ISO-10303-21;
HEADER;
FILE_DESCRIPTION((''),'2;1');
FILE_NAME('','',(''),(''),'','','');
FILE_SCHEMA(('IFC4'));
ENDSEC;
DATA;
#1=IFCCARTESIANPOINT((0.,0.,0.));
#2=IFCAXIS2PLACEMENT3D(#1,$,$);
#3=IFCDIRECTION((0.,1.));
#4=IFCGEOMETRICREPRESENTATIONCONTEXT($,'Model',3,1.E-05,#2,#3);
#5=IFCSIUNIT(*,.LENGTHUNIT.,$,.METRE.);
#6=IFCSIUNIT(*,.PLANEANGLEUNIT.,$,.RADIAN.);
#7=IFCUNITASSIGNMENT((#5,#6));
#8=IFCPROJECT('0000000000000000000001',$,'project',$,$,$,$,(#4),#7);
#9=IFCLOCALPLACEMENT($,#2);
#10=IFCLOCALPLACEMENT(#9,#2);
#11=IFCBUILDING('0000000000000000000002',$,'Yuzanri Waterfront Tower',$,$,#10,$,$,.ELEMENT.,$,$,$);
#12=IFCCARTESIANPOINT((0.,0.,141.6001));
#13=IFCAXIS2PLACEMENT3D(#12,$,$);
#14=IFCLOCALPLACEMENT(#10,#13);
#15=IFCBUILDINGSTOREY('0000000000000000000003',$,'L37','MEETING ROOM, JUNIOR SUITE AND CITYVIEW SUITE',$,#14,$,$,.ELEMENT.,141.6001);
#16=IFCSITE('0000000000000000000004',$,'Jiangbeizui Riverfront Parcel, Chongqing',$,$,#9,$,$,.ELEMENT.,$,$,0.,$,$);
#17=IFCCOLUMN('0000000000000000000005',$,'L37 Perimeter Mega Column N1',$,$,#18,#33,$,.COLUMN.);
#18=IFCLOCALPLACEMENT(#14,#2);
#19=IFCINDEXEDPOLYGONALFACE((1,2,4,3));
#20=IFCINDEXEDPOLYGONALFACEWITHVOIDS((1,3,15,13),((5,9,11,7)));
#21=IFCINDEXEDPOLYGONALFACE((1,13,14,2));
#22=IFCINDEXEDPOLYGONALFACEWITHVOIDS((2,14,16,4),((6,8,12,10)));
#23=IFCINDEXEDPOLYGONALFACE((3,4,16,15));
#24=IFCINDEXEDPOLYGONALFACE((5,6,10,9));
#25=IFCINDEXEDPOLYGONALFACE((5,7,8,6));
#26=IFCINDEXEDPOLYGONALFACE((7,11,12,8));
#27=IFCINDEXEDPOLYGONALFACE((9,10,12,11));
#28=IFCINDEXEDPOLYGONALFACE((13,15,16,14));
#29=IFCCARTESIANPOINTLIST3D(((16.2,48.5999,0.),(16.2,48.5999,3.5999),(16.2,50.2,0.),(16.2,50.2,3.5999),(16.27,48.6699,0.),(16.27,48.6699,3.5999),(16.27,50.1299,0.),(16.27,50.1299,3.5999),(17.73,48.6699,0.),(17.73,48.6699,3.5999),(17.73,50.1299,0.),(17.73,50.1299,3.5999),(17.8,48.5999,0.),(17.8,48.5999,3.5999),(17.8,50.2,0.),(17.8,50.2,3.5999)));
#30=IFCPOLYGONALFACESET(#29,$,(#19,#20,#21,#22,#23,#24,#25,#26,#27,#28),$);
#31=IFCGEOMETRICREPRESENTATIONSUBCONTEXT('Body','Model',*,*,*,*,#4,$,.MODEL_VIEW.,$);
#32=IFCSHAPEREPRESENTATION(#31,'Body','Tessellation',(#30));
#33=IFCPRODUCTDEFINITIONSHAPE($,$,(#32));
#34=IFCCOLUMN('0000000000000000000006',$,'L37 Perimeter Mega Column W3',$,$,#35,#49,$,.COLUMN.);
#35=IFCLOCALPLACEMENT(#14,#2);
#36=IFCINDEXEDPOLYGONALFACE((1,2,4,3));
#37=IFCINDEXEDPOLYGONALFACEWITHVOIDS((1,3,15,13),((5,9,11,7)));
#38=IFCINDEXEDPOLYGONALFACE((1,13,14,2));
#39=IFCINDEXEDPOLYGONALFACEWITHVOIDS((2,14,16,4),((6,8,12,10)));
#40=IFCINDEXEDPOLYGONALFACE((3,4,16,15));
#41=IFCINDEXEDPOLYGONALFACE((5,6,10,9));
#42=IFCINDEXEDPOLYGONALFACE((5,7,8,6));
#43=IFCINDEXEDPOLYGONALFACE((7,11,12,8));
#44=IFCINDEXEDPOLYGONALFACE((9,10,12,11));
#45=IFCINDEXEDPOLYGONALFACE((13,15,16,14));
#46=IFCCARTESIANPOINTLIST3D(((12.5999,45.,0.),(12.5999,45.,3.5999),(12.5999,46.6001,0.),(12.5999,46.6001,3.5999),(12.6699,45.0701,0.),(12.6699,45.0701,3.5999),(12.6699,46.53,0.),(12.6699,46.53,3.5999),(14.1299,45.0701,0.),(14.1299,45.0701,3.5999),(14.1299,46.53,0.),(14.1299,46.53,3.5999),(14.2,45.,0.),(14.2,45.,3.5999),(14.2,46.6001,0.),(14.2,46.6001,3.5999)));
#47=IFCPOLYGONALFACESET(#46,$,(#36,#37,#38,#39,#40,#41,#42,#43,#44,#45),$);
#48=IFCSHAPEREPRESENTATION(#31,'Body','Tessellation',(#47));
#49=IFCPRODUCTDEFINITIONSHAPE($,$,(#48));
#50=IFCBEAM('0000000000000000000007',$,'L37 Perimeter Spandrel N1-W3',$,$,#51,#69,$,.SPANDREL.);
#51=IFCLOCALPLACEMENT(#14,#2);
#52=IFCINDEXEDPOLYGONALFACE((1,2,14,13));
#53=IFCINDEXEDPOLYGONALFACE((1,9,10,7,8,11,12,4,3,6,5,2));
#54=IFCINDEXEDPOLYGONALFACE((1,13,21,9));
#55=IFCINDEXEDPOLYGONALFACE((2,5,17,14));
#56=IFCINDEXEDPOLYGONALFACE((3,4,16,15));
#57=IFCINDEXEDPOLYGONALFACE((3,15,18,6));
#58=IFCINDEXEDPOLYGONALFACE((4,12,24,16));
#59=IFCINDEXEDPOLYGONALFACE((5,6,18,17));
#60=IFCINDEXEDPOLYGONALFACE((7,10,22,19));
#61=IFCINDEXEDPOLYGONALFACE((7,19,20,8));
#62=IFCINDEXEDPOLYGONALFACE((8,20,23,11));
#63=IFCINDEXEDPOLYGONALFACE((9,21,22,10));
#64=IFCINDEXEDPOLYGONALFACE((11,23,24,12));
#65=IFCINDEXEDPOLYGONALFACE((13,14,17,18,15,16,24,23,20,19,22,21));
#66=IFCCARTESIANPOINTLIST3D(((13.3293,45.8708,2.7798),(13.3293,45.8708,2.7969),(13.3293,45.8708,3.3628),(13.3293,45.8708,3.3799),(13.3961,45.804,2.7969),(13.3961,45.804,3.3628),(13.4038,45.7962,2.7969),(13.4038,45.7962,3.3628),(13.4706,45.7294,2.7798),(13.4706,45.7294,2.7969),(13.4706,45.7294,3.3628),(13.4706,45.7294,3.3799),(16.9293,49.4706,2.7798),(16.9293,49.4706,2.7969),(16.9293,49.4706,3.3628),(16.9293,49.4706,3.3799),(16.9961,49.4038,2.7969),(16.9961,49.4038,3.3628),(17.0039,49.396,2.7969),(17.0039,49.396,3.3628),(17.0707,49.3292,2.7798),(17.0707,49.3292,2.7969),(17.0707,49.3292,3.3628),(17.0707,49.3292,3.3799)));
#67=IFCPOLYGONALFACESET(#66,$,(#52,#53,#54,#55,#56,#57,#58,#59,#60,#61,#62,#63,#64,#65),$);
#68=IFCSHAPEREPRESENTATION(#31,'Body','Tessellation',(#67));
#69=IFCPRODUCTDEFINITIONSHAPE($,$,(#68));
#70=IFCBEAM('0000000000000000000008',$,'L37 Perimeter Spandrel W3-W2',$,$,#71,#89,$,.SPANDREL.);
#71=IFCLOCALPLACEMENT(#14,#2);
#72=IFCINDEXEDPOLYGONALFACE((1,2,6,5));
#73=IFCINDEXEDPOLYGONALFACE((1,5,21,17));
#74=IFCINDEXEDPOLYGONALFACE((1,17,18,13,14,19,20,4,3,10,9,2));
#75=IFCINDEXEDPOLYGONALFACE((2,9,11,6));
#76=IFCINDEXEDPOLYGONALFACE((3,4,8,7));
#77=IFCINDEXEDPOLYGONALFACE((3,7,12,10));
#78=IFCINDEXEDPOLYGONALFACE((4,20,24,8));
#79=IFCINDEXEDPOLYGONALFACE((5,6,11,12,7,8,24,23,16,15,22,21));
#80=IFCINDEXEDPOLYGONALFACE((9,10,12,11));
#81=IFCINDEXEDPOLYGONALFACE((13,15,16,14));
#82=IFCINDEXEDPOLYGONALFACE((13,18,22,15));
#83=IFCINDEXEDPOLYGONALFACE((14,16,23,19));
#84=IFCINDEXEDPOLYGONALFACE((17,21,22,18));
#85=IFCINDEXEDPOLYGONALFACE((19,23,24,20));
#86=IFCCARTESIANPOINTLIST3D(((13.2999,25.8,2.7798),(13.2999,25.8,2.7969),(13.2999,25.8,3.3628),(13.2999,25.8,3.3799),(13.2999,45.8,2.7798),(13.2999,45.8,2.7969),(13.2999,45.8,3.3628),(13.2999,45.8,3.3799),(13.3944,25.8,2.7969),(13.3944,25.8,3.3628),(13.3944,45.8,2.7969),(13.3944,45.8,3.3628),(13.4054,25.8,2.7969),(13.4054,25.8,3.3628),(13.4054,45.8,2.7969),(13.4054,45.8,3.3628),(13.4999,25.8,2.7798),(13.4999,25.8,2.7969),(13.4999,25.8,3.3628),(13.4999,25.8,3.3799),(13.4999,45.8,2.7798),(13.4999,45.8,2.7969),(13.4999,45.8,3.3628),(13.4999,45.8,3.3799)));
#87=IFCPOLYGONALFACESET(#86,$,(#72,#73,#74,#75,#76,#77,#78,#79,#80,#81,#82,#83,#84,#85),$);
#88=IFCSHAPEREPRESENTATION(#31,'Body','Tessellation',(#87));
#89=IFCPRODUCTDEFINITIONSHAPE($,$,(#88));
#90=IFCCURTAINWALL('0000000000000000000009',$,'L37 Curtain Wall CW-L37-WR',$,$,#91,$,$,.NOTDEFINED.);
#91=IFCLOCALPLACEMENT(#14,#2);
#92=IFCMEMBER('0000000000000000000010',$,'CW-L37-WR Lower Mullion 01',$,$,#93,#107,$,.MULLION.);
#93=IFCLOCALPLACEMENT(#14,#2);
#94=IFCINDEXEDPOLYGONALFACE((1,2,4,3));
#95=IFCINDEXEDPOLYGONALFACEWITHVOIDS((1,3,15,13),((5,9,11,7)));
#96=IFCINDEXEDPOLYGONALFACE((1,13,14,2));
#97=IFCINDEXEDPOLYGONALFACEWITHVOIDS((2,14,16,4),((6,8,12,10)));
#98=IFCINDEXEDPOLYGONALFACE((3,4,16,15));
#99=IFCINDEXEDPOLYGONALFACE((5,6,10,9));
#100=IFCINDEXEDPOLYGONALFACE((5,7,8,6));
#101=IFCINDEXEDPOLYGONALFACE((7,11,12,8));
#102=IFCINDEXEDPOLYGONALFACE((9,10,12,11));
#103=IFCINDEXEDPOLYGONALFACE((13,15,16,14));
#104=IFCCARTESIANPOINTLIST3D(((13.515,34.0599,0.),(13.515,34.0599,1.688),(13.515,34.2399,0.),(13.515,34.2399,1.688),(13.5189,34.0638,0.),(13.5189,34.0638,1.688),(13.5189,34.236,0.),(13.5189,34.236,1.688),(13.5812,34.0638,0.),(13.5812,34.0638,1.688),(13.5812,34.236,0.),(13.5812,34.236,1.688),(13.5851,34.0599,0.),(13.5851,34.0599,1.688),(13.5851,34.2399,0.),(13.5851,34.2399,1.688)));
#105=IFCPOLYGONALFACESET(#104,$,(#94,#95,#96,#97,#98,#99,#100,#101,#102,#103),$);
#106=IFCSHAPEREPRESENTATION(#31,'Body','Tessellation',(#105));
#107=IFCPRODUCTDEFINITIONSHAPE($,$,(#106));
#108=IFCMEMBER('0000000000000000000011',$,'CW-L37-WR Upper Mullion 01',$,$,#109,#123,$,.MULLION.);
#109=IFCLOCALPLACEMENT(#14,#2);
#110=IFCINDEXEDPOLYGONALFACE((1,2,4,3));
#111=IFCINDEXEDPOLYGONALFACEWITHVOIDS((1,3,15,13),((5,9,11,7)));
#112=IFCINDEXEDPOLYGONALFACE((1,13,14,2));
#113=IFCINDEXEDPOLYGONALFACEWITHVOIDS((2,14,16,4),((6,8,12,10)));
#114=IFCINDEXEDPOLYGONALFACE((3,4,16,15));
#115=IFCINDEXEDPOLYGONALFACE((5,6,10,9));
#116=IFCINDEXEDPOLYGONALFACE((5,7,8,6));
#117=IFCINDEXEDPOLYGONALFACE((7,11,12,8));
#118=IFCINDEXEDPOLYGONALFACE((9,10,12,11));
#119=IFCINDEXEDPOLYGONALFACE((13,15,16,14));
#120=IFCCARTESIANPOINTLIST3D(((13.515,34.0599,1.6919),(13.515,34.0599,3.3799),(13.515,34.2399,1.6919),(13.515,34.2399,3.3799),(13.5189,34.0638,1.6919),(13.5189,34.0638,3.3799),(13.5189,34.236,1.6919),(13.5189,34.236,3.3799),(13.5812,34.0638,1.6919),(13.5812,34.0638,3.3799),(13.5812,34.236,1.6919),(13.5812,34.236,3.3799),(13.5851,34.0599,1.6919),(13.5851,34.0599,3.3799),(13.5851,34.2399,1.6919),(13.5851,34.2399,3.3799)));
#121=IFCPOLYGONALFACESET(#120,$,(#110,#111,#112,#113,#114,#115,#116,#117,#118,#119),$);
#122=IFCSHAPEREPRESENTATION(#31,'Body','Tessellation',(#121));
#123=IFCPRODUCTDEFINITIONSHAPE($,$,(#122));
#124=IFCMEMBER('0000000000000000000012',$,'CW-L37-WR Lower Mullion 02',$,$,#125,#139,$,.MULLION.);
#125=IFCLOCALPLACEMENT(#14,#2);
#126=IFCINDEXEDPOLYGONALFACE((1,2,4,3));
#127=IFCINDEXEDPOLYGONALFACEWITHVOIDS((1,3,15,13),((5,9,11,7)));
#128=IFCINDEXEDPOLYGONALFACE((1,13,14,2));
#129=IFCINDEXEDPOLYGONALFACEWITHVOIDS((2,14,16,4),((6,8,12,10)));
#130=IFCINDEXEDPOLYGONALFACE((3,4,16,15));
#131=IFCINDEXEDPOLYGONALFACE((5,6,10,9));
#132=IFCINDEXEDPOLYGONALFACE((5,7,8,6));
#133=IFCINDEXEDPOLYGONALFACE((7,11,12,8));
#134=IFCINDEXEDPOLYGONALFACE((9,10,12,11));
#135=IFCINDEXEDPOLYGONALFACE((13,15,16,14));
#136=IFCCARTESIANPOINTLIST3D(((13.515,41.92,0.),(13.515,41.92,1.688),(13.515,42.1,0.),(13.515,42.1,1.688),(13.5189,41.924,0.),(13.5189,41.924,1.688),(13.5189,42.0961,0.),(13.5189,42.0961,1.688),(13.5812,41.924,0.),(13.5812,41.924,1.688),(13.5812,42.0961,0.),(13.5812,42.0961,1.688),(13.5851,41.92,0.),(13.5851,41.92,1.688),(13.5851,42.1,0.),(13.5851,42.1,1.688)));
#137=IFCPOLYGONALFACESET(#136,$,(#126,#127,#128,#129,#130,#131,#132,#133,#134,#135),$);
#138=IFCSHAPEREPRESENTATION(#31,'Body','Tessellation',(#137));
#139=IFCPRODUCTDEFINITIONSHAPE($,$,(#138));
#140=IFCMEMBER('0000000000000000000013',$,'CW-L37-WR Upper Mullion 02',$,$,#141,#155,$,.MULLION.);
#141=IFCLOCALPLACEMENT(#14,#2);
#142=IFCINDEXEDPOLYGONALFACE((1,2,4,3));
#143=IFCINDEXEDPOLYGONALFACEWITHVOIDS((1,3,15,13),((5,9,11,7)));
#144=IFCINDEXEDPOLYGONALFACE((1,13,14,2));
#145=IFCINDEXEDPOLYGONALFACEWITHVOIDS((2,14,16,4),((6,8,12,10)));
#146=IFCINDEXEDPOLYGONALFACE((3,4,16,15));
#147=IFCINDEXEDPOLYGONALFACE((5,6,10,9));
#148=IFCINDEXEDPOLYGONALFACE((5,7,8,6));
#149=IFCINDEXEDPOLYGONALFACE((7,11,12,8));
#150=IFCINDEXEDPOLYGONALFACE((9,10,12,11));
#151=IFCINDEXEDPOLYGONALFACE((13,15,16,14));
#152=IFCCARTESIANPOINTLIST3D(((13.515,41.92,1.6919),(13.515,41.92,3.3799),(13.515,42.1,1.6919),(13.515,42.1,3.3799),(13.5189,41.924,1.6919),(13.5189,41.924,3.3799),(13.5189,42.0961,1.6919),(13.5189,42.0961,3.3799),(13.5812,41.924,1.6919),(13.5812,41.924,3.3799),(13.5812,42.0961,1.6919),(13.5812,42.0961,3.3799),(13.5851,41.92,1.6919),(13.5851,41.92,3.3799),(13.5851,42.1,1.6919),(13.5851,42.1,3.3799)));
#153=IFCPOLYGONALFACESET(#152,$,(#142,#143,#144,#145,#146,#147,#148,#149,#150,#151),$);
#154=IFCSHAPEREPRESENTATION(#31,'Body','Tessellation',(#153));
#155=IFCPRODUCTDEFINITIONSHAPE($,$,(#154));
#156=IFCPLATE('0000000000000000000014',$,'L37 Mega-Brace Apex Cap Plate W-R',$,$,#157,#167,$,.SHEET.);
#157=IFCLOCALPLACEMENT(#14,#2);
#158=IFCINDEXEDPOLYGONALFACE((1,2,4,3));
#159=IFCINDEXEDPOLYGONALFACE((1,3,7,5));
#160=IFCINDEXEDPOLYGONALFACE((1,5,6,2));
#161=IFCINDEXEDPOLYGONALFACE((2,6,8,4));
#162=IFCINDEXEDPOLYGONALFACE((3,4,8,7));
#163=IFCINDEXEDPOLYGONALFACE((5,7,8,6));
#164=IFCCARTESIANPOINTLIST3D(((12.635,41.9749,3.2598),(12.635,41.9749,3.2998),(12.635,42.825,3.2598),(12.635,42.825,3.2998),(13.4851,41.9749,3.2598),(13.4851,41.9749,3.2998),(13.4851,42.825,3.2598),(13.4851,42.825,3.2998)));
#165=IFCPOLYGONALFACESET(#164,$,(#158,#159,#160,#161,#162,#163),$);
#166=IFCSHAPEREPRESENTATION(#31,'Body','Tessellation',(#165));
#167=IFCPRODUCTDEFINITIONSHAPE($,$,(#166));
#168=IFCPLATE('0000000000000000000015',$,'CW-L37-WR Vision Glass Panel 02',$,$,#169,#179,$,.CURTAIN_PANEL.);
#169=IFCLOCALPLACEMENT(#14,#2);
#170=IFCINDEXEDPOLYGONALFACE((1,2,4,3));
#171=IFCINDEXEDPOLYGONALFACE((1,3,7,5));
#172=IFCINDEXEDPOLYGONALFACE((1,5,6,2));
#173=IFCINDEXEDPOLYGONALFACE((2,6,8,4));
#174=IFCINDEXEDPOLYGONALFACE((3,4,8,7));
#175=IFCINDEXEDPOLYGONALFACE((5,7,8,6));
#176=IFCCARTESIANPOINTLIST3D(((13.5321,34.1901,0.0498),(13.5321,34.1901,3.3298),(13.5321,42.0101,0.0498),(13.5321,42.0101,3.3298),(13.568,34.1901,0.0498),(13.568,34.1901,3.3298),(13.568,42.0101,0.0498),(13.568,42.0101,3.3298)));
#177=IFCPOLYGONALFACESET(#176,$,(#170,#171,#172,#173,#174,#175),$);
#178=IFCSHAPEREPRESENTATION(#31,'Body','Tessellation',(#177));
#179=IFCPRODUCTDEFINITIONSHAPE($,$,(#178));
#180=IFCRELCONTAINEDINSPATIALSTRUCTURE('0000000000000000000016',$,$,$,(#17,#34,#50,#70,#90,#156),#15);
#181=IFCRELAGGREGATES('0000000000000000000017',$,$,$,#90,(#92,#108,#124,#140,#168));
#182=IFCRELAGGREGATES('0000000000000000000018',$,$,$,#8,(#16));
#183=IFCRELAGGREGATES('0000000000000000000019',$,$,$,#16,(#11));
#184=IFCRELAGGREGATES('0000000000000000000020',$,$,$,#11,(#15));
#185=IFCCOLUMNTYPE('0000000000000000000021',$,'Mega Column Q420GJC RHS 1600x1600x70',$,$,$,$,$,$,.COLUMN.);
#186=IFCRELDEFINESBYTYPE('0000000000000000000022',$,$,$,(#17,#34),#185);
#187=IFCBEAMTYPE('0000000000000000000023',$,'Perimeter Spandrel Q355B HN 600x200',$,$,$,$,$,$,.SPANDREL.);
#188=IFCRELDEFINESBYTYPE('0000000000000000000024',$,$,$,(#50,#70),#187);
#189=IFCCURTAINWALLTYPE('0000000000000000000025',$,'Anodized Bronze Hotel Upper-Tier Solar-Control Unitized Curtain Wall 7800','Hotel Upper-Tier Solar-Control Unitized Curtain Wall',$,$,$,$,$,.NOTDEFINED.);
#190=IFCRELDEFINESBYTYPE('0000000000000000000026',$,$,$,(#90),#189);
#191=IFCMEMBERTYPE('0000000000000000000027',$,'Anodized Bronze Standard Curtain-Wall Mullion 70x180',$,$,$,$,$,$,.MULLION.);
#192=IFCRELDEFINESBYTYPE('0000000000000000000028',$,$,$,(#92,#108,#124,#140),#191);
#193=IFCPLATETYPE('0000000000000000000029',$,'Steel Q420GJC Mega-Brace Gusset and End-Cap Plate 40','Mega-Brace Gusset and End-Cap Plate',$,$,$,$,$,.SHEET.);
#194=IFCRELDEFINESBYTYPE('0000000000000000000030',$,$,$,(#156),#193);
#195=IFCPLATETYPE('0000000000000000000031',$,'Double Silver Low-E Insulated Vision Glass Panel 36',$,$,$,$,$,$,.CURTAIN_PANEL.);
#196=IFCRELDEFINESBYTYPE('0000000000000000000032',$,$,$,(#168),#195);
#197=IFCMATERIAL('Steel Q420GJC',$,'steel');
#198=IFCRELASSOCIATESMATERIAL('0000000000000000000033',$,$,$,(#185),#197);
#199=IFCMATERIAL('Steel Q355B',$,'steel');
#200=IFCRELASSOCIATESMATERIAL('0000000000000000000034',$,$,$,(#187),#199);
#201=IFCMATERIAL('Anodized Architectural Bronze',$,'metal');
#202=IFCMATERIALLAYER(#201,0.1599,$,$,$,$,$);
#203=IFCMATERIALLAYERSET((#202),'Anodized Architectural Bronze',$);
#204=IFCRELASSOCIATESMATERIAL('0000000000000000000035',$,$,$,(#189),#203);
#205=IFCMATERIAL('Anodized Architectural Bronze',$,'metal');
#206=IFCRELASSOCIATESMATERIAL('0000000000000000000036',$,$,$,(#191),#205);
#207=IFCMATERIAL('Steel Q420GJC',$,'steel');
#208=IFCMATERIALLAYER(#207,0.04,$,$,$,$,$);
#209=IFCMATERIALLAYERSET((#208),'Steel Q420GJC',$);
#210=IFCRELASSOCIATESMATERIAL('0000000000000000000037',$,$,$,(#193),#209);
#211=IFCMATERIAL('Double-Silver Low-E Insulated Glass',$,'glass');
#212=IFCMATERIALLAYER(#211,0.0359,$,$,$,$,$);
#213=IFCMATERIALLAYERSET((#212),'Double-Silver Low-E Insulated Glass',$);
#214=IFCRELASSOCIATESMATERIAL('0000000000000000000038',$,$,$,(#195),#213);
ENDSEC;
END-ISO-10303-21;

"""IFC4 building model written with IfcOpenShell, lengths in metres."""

from ifc_helpers import new_model, si_unit, direction, frame, origin, origin_2d, place, context, subcontext, project, spatial, rectangle, hollow_rectangle, i_section, extrude, source, transform, mapped, material, layer, layer_set, material_profile, profile_set, type_object, element, aggregate, save


model = new_model("IFC4")

# Units and contexts
model_context = context("Model", 3, precision=1e-05, world=origin(), true_north=direction((0.0, 1.0)))
body_context = subcontext(model_context, "Body", "Model", "MODEL_VIEW")
ifc_project = project(units=[si_unit("LENGTHUNIT", "METRE"), si_unit("PLANEANGLEUNIT", "RADIAN")], contexts=[model_context])

# Site, building, storey
site_placement = place(None, origin())
site = spatial("IfcSite", under=ifc_project, at=site_placement, Name="Jiangbeizui Riverfront Parcel, Chongqing", CompositionType="ELEMENT", RefElevation=0.0)
building_placement = place(site_placement, origin())
building = spatial("IfcBuilding", under=site, at=building_placement, Name="Yuzanri Waterfront Tower", CompositionType="ELEMENT")
storey_placement = place(building_placement, frame((0.0, 0.0, 141.6001)))
storey = spatial("IfcBuildingStorey", under=building, at=storey_placement, Name="L37", Description="MEETING ROOM, JUNIOR SUITE AND CITYVIEW SUITE", CompositionType="ELEMENT", Elevation=141.6001)

# Columns
ifc_material_1 = material(Name="Steel Q420GJC", Category="steel")
ifc_material_profile_1 = material_profile(ifc_material_1, hollow_rectangle(XDim=1.6001, YDim=1.6001, WallThickness=0.0701, at=origin_2d()), Name="RHS 1600x1600x70")
ifc_profile_set_1 = profile_set([ifc_material_profile_1], Name="Steel Q420GJC")
column_type = type_object("IfcColumnType", Name="Mega Column Q420GJC RHS 1600x1600x70", PredefinedType="COLUMN", material=ifc_profile_set_1)
shared_shape_1 = source(origin(), body_context, "Body", "SweptSolid", [
    extrude(hollow_rectangle(XDim=1.6001, YDim=1.6001, WallThickness=0.0701, at=origin_2d()), origin(), (0.0, 0.0, 1.0), 3.5999),
])
for number, where, z_axis, x_axis, name in (
    (1, (17.0, 49.3999, 0.0), (0.0, 0.0, 1.0), (1.0, 0.0, 0.0), "L37 Perimeter Mega Column N1"),
    (2, (13.3999, 45.8, 0.0), (0.0, 0.0, 1.0), (1.0, 0.0, 0.0), "L37 Perimeter Mega Column W3"),
):
    element("IfcColumn", number, at=place(storey_placement, frame(where, z_axis=z_axis, x_axis=x_axis)), inside=storey, type_object=column_type, Name=name, PredefinedType="COLUMN", context=body_context, shape_type="MappedRepresentation", body=[
        mapped(shared_shape_1, transform((0.0, 0.0, 0.0), scale=1.0)),
    ])

# Beams
ifc_material_2 = material(Name="Steel Q355B", Category="steel")
ifc_material_profile_2 = material_profile(ifc_material_2, i_section(OverallWidth=0.2, OverallDepth=0.6001, WebThickness=0.011, FlangeThickness=0.0171, at=origin_2d()), Name="HN 600x200x11x17")
ifc_profile_set_2 = profile_set([ifc_material_profile_2], Name="Steel Q355B")
beam_type = type_object("IfcBeamType", Name="Perimeter Spandrel Q355B HN 600x200", PredefinedType="SPANDREL", material=ifc_profile_set_2)
shared_shape_2 = source(origin(), body_context, "Body", "SweptSolid", [
    extrude(i_section(OverallWidth=0.2, OverallDepth=0.6001, WebThickness=0.011, FlangeThickness=0.0171, at=origin_2d()), origin(), (0.0, 0.0, 1.0), 5.0911),
])
beam_1_placement = place(storey_placement, frame((17.0, 49.3999, 3.0798), z_axis=(-0.707131, -0.707083, 0.0), x_axis=(0.707083, -0.707131, 0.0)))
element("IfcBeam", 3, at=beam_1_placement, inside=storey, type_object=beam_type, Name="L37 Perimeter Spandrel N1-W3", PredefinedType="SPANDREL", context=body_context, shape_type="MappedRepresentation", body=[
    mapped(shared_shape_2, transform((0.0, 0.0, 0.0), scale=1.0)),
])
shared_shape_3 = source(origin(), body_context, "Body", "SweptSolid", [
    extrude(i_section(OverallWidth=0.2, OverallDepth=0.6001, WebThickness=0.011, FlangeThickness=0.0171, at=origin_2d()), origin(), (0.0, 0.0, 1.0), 20.0),
])
beam_2_placement = place(storey_placement, frame((13.3999, 45.8, 3.0798), z_axis=(0.0, -1.0, 0.0), x_axis=(1.0, 0.0, 0.0)))
element("IfcBeam", 4, at=beam_2_placement, inside=storey, type_object=beam_type, Name="L37 Perimeter Spandrel W3-W2", PredefinedType="SPANDREL", context=body_context, shape_type="MappedRepresentation", body=[
    mapped(shared_shape_3, transform((0.0, 0.0, 0.0), scale=1.0)),
])

# Curtain wall, members
ifc_material_3 = material(Name="Anodized Architectural Bronze", Category="metal")
ifc_layer_1 = layer(ifc_material_3, 0.1599)
ifc_layer_set_1 = layer_set([ifc_layer_1], Name="Anodized Architectural Bronze")
curtain_wall_type = type_object("IfcCurtainWallType", Name="Anodized Bronze Hotel Upper-Tier Solar-Control Unitized Curtain Wall 7800", Description="Hotel Upper-Tier Solar-Control Unitized Curtain Wall", PredefinedType="NOTDEFINED", material=ifc_layer_set_1)
curtain_wall_placement = place(storey_placement, origin())
curtain_wall = element("IfcCurtainWall", 5, at=curtain_wall_placement, inside=storey, type_object=curtain_wall_type, Name="L37 Curtain Wall CW-L37-WR", PredefinedType="NOTDEFINED")
ifc_material_4 = material(Name="Anodized Architectural Bronze", Category="metal")
ifc_material_profile_3 = material_profile(ifc_material_4, hollow_rectangle(XDim=0.0701, YDim=0.1799, WallThickness=0.0039, at=origin_2d()), Name="CWM 70x180")
ifc_profile_set_3 = profile_set([ifc_material_profile_3], Name="Anodized Architectural Bronze")
member_type = type_object("IfcMemberType", Name="Anodized Bronze Standard Curtain-Wall Mullion 70x180", PredefinedType="MULLION", material=ifc_profile_set_3)
shared_shape_4 = source(origin(), body_context, "Body", "SweptSolid", [
    extrude(hollow_rectangle(XDim=0.0701, YDim=0.1799, WallThickness=0.0039, at=origin_2d()), origin(), (0.0, 0.0, 1.0), 1.688),
])
member_1_placement = place(storey_placement, frame((13.55, 34.1499, 0.0), z_axis=(0.0, 0.0, 1.0), x_axis=(1.0, 0.0, 0.0)))
member_1 = element("IfcMember", 6, at=member_1_placement, type_object=member_type, Name="CW-L37-WR Lower Mullion 01", PredefinedType="MULLION", context=body_context, shape_type="MappedRepresentation", body=[
    mapped(shared_shape_4, transform((0.0, 0.0, 0.0), scale=1.0)),
])
member_2_placement = place(storey_placement, frame((13.55, 34.1499, 1.6919), z_axis=(0.0, 0.0, 1.0), x_axis=(1.0, 0.0, 0.0)))
member_2 = element("IfcMember", 7, at=member_2_placement, type_object=member_type, Name="CW-L37-WR Upper Mullion 01", PredefinedType="MULLION", context=body_context, shape_type="MappedRepresentation", body=[
    mapped(shared_shape_4, transform((0.0, 0.0, 0.0), scale=1.0)),
])
member_3_placement = place(storey_placement, frame((13.55, 42.01, 0.0), z_axis=(0.0, 0.0, 1.0), x_axis=(1.0, 0.0, 0.0)))
member_3 = element("IfcMember", 8, at=member_3_placement, type_object=member_type, Name="CW-L37-WR Lower Mullion 02", PredefinedType="MULLION", context=body_context, shape_type="MappedRepresentation", body=[
    mapped(shared_shape_4, transform((0.0, 0.0, 0.0), scale=1.0)),
])
member_4_placement = place(storey_placement, frame((13.55, 42.01, 1.6919), z_axis=(0.0, 0.0, 1.0), x_axis=(1.0, 0.0, 0.0)))
member_4 = element("IfcMember", 9, at=member_4_placement, type_object=member_type, Name="CW-L37-WR Upper Mullion 02", PredefinedType="MULLION", context=body_context, shape_type="MappedRepresentation", body=[
    mapped(shared_shape_4, transform((0.0, 0.0, 0.0), scale=1.0)),
])

# Plates
ifc_material_5 = material(Name="Steel Q420GJC", Category="steel")
ifc_layer_2 = layer(ifc_material_5, 0.04)
ifc_layer_set_2 = layer_set([ifc_layer_2], Name="Steel Q420GJC")
plate_type_1 = type_object("IfcPlateType", Name="Steel Q420GJC Mega-Brace Gusset and End-Cap Plate 40", Description="Mega-Brace Gusset and End-Cap Plate", PredefinedType="SHEET", material=ifc_layer_set_2)
shared_shape_5 = source(origin(), body_context, "Body", "SweptSolid", [
    extrude(rectangle(XDim=0.8501, YDim=0.8501, at=origin_2d()), origin(), (0.0, 0.0, 1.0), 0.04),
])
plate_1_placement = place(storey_placement, frame((13.0601, 42.3999, 3.2598), z_axis=(0.0, 0.0, 1.0), x_axis=(1.0, 0.0, 0.0)))
element("IfcPlate", 10, at=plate_1_placement, inside=storey, type_object=plate_type_1, Name="L37 Mega-Brace Apex Cap Plate W-R", PredefinedType="SHEET", context=body_context, shape_type="MappedRepresentation", body=[
    mapped(shared_shape_5, transform((0.0, 0.0, 0.0), scale=1.0)),
])
ifc_material_6 = material(Name="Double-Silver Low-E Insulated Glass", Category="glass")
ifc_layer_3 = layer(ifc_material_6, 0.0359)
ifc_layer_set_3 = layer_set([ifc_layer_3], Name="Double-Silver Low-E Insulated Glass")
plate_type_2 = type_object("IfcPlateType", Name="Double Silver Low-E Insulated Vision Glass Panel 36", PredefinedType="CURTAIN_PANEL", material=ifc_layer_set_3)
shared_shape_6 = source(origin(), body_context, "Body", "SweptSolid", [
    extrude(rectangle(XDim=7.8201, YDim=0.0359, at=origin_2d()), origin(), (0.0, 0.0, 1.0), 3.28),
])
plate_2_placement = place(storey_placement, frame((13.55, 38.1001, 0.0498), z_axis=(0.0, 0.0, 1.0), x_axis=(0.0, 1.0, 0.0)))
plate_2 = element("IfcPlate", 11, at=plate_2_placement, type_object=plate_type_2, Name="CW-L37-WR Vision Glass Panel 02", PredefinedType="CURTAIN_PANEL", context=body_context, shape_type="MappedRepresentation", body=[
    mapped(shared_shape_6, transform((0.0, 0.0, 0.0), scale=1.0)),
])
aggregate(curtain_wall, [member_1, member_2, member_3, member_4, plate_2])

save(model, "model.ifc")
